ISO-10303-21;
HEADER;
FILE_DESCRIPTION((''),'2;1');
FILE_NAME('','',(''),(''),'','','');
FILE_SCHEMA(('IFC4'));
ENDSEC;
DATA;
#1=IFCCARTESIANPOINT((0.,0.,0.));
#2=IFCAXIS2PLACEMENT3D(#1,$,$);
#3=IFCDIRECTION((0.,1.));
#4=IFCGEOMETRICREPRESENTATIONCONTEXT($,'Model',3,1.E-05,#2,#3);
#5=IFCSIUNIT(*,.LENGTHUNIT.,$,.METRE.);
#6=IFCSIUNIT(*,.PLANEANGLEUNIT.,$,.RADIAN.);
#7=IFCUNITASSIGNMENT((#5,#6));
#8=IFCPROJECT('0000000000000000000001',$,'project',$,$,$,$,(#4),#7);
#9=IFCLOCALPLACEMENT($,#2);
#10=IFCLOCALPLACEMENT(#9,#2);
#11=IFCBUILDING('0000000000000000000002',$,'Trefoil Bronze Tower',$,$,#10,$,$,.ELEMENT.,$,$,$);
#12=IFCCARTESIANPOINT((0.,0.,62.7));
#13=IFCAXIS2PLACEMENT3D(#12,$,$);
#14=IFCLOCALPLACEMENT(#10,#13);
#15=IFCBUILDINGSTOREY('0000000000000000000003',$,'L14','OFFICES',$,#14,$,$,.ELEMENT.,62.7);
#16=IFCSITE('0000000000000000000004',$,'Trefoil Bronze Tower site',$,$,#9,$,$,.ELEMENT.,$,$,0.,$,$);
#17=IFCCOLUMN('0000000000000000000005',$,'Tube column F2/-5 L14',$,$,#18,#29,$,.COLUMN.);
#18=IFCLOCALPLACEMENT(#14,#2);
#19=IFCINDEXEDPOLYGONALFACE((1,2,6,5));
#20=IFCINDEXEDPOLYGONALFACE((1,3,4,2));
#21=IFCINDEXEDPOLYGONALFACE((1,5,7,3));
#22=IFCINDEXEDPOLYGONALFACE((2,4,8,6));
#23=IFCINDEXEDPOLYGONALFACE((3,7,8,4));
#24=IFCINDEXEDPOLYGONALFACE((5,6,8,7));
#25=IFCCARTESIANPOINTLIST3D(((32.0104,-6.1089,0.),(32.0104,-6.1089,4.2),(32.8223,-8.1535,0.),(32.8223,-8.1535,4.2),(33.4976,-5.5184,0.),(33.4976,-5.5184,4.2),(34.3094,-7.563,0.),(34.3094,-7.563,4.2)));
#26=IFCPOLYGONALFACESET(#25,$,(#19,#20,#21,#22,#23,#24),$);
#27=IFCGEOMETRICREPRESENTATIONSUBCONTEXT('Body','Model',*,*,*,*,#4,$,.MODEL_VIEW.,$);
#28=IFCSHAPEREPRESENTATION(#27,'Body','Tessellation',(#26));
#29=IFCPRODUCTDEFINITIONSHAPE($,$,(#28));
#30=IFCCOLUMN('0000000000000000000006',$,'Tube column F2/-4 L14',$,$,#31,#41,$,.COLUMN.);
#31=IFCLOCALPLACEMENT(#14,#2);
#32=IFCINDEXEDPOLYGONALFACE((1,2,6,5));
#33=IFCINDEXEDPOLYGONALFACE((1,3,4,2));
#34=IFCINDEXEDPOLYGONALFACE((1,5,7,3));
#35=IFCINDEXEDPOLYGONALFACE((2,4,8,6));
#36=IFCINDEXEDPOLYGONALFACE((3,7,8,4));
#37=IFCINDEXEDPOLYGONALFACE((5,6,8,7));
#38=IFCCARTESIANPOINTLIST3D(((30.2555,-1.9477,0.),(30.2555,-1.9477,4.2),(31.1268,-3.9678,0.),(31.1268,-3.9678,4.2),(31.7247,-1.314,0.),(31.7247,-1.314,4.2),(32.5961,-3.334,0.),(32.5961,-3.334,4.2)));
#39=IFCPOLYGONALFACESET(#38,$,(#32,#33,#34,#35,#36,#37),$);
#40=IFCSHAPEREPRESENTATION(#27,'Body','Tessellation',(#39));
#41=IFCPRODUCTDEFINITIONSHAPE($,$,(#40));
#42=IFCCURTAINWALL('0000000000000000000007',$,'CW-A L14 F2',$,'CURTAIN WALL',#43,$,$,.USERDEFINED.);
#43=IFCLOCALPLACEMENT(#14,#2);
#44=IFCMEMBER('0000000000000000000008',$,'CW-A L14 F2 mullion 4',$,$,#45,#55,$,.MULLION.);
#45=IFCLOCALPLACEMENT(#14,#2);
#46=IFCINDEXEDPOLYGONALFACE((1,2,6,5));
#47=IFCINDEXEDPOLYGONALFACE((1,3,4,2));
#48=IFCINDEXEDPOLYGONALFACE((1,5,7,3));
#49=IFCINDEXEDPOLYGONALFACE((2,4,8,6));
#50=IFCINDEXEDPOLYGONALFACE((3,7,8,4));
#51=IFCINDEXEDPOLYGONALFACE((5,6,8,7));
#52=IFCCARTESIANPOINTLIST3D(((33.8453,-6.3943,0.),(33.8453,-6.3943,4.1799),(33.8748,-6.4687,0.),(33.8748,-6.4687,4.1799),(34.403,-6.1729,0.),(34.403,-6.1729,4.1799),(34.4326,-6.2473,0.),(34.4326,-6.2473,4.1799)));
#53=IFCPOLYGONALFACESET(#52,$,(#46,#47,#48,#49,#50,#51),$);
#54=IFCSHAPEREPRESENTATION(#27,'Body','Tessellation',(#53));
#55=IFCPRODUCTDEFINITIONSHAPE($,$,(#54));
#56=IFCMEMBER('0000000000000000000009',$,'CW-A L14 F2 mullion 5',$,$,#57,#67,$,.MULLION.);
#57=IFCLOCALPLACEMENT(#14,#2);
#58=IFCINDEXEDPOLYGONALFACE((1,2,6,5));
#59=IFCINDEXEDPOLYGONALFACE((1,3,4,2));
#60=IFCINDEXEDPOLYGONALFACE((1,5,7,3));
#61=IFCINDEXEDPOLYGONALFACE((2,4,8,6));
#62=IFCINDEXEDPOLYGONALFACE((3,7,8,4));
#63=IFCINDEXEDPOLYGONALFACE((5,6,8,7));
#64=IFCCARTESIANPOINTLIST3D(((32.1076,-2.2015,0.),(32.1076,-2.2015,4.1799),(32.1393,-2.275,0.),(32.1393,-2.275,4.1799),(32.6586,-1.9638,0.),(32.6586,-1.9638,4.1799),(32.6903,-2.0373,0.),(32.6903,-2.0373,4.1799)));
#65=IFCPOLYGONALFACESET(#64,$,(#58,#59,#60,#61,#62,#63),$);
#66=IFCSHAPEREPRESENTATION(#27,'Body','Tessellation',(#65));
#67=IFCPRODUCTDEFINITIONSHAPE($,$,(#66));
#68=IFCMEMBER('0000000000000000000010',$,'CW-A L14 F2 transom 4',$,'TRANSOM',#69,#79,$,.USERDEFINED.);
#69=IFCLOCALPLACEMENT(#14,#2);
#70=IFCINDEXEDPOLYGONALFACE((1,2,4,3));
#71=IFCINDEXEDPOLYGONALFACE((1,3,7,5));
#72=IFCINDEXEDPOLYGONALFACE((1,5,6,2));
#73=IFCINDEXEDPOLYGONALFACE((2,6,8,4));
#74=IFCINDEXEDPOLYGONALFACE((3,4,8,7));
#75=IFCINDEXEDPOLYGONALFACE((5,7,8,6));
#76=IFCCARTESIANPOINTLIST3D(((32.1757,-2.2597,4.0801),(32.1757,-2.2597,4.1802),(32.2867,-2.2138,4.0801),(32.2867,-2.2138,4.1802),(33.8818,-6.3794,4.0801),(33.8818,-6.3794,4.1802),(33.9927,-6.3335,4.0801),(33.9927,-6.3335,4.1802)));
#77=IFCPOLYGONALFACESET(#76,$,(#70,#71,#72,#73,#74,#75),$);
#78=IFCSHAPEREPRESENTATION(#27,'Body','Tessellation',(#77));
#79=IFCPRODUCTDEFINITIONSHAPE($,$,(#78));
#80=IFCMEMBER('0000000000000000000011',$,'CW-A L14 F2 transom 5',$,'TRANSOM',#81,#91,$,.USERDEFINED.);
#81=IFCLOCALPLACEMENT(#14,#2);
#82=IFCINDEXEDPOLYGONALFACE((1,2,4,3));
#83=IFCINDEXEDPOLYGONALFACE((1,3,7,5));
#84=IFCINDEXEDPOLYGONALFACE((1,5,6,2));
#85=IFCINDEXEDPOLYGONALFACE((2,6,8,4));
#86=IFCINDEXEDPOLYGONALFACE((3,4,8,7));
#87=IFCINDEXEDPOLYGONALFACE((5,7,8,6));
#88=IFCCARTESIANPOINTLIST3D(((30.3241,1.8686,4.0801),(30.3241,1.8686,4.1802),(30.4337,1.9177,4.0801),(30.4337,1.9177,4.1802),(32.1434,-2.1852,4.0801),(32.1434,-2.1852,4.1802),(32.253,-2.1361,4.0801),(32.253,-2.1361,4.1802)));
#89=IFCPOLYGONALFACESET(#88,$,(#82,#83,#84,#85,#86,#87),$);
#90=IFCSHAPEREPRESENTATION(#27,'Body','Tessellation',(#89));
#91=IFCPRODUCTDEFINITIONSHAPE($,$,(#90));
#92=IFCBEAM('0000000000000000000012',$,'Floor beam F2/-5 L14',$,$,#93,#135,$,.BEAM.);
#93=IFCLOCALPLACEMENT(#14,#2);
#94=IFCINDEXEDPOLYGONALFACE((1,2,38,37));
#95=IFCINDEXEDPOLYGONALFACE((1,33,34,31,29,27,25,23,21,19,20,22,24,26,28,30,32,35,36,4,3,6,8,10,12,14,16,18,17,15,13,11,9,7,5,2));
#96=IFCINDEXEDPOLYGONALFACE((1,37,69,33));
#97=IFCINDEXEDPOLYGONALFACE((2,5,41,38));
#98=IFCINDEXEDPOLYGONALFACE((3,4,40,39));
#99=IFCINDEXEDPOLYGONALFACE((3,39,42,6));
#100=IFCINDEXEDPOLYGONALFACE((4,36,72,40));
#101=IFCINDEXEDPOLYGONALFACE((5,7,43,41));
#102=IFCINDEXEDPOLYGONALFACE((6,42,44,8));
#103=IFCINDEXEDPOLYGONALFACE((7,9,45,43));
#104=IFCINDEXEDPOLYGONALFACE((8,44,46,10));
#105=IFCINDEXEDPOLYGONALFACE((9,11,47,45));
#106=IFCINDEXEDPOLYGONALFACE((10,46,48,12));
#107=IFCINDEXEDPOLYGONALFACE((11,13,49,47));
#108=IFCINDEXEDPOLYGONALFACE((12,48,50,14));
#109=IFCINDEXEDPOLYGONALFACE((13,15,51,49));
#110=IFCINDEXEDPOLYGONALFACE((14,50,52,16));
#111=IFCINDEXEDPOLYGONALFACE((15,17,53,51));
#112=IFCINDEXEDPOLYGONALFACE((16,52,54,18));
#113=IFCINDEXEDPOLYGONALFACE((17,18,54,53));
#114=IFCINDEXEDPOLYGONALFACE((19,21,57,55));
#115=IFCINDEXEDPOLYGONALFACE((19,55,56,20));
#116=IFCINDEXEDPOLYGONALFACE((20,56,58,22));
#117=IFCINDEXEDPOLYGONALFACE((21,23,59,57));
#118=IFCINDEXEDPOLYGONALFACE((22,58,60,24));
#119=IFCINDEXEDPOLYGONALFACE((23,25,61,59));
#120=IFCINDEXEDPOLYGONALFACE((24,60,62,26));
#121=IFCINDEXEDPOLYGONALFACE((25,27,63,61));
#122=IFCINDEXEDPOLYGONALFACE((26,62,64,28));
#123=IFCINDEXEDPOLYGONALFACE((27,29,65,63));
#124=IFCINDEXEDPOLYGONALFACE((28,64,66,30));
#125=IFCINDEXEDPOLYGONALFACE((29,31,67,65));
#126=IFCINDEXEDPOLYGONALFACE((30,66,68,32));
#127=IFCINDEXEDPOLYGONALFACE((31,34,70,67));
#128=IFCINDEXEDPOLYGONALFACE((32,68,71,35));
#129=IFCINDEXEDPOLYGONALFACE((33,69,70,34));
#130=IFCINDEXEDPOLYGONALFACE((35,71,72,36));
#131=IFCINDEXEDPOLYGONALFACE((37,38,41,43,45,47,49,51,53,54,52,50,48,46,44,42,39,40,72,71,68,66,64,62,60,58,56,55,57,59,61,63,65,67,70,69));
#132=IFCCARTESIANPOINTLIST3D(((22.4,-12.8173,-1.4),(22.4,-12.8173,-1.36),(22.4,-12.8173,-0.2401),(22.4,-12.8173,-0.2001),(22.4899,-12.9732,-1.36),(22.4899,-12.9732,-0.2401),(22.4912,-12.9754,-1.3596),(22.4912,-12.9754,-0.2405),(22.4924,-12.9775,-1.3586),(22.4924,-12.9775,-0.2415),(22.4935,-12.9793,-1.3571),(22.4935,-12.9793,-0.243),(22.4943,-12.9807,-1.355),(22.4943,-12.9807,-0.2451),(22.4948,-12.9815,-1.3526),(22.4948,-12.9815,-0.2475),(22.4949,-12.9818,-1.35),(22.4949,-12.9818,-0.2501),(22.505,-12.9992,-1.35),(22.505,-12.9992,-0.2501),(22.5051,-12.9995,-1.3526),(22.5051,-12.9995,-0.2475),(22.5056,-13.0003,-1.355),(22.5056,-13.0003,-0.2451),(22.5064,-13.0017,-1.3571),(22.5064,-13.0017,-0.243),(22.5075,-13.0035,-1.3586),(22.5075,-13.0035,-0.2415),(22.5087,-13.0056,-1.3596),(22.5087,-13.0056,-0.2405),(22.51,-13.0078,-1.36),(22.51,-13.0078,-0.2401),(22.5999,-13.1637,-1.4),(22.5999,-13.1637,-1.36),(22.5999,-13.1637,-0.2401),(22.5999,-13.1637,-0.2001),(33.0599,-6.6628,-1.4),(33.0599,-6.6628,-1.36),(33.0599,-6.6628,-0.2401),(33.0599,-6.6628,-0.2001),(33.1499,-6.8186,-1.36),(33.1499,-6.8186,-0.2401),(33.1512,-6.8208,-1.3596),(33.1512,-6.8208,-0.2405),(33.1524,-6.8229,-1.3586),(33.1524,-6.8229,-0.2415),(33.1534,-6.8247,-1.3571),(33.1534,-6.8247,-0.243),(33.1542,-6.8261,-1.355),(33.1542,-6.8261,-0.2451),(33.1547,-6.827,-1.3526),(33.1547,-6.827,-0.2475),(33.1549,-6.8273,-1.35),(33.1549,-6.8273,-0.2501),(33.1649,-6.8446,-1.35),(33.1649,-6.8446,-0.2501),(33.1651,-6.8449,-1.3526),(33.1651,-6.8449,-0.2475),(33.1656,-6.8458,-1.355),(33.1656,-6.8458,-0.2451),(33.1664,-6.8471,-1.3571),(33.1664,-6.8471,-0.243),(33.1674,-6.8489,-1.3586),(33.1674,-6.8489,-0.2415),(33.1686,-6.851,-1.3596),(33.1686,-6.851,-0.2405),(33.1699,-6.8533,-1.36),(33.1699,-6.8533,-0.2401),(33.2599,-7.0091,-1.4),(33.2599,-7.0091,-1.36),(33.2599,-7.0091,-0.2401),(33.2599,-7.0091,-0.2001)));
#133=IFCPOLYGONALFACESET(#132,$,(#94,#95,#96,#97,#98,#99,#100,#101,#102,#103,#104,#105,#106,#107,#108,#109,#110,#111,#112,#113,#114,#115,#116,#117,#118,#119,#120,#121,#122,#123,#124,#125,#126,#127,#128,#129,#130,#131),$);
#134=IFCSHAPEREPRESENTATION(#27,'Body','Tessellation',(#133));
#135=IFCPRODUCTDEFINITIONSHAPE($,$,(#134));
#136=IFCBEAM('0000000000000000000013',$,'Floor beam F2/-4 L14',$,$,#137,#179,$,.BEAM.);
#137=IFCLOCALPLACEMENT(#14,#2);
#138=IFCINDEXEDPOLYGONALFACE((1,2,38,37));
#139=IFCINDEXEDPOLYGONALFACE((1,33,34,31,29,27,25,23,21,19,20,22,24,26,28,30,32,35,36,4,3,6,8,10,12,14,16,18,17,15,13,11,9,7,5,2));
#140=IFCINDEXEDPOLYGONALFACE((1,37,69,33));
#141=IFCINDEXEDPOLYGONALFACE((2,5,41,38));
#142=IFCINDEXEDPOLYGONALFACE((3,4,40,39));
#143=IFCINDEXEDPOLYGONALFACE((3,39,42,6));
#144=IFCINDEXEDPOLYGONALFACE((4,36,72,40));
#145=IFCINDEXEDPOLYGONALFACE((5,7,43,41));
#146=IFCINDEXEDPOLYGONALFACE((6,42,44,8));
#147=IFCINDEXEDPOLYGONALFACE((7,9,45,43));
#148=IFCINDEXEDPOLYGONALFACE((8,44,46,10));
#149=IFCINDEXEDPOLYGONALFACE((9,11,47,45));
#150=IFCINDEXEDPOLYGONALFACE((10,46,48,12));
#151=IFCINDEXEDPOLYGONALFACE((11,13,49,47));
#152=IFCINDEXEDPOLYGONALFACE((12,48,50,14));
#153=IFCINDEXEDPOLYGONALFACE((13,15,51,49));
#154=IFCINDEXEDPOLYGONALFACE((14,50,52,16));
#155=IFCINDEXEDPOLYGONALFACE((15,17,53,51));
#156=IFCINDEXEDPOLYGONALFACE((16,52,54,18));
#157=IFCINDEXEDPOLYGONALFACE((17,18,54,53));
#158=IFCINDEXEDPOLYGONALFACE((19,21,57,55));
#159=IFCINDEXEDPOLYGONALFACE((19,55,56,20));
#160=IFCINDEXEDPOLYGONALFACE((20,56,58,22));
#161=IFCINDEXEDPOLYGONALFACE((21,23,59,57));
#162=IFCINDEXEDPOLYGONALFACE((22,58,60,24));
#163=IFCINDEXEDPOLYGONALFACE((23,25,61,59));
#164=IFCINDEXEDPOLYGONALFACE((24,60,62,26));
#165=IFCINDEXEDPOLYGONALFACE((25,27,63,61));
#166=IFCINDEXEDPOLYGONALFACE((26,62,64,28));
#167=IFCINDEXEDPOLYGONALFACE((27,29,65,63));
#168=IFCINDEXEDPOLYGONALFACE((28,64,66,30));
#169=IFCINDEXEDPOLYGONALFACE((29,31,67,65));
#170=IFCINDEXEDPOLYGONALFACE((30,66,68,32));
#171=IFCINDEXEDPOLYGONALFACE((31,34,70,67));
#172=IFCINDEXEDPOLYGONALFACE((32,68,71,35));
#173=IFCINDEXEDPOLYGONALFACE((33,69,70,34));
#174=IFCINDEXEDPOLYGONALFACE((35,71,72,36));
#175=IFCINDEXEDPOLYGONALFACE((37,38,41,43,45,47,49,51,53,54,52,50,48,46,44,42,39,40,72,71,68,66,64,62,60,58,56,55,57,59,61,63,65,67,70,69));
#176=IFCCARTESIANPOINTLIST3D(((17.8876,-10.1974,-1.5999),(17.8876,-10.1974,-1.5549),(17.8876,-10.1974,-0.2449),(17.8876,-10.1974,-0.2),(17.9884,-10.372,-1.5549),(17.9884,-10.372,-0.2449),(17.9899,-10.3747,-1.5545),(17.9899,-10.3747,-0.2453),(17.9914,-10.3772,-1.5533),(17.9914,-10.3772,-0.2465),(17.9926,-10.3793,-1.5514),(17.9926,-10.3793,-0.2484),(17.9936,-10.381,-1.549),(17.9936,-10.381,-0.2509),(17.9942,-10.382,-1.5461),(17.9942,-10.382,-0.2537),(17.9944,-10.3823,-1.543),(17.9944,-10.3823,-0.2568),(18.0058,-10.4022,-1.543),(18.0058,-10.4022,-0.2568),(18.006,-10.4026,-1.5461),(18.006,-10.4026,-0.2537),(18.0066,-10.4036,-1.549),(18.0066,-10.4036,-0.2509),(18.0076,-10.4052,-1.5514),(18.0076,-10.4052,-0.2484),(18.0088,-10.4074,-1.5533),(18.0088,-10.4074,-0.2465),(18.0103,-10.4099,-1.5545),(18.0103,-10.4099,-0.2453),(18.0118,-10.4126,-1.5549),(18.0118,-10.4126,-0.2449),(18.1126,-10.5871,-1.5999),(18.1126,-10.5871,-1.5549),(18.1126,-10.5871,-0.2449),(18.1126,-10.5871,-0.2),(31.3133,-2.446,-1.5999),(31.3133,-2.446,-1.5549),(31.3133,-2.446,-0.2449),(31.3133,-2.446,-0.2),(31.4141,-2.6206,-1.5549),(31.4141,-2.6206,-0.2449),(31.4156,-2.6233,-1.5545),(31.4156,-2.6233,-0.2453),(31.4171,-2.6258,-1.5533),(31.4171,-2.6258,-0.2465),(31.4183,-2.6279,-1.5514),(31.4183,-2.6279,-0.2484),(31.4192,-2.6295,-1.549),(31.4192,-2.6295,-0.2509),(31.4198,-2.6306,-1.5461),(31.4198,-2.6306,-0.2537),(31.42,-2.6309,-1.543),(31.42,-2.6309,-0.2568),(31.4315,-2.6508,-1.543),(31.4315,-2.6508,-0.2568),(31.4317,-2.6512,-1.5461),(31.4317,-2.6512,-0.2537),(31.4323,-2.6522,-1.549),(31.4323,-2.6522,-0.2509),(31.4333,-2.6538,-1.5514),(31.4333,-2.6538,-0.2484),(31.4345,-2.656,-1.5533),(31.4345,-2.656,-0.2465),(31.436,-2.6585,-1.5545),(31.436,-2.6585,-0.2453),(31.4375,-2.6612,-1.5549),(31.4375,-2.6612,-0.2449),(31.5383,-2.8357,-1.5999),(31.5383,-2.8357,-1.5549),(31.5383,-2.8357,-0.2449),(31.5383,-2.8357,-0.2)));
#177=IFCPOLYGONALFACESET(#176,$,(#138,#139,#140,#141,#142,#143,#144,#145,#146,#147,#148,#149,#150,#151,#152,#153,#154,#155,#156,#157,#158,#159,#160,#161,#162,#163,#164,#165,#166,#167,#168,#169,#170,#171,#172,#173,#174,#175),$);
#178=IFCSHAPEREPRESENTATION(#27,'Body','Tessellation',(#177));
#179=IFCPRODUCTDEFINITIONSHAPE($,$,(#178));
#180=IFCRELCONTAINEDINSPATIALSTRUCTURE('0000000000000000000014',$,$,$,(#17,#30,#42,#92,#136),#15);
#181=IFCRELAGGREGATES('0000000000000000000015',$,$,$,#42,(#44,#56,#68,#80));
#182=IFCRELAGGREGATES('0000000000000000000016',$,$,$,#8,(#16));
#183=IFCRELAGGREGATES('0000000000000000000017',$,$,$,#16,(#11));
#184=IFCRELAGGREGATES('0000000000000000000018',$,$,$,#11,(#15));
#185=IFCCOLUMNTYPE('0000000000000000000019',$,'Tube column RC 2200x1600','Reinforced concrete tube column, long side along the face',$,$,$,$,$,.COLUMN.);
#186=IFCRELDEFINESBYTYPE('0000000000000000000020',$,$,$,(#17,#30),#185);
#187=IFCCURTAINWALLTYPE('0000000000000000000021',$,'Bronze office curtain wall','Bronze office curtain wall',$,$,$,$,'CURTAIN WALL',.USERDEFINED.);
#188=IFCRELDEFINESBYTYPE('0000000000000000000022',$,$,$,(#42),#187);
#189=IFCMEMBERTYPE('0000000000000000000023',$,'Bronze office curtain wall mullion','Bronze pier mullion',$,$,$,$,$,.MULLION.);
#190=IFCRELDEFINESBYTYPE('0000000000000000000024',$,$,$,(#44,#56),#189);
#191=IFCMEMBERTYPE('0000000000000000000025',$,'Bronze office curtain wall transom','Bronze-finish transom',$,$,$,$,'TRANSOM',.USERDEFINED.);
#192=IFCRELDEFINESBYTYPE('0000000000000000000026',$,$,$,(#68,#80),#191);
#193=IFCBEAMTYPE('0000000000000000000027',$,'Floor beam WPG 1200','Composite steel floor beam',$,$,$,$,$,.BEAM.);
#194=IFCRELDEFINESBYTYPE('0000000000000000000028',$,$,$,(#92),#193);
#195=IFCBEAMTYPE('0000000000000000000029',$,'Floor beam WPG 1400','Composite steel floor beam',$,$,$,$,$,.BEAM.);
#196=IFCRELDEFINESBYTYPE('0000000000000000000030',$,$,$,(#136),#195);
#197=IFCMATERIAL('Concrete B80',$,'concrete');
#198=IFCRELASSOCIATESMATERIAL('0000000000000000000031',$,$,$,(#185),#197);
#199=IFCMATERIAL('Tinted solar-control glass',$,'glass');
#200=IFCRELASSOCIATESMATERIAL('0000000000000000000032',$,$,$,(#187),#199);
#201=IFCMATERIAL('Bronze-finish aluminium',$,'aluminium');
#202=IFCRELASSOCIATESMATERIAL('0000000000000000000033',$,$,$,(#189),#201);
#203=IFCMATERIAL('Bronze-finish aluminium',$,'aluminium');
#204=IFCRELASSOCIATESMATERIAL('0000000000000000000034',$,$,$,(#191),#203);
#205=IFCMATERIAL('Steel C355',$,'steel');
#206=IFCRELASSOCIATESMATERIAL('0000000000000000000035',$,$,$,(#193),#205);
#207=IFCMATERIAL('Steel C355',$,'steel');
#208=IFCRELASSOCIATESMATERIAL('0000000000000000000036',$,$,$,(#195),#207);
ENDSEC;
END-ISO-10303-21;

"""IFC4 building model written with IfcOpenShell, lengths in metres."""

from ifc_helpers import new_model, si_unit, direction, frame, origin, origin_2d, place, context, subcontext, project, spatial, rectangle, i_section, extrude, material, material_profile, profile_set, type_object, element, aggregate, save


model = new_model("IFC4")

# Units and contexts
model_context = context("Model", 3, precision=1e-05, world=origin(), true_north=direction((0.0, 1.0)))
body_context = subcontext(model_context, "Body", "Model", "MODEL_VIEW")
ifc_project = project(units=[si_unit("LENGTHUNIT", "METRE"), si_unit("PLANEANGLEUNIT", "RADIAN")], contexts=[model_context])

# Site, building, storey
site_placement = place(None, origin())
site = spatial("IfcSite", under=ifc_project, at=site_placement, Name="Trefoil Bronze Tower site", CompositionType="ELEMENT", RefElevation=0.0)
building_placement = place(site_placement, origin())
building = spatial("IfcBuilding", under=site, at=building_placement, Name="Trefoil Bronze Tower", CompositionType="ELEMENT")
storey_placement = place(building_placement, frame((0.0, 0.0, 62.7)))
storey = spatial("IfcBuildingStorey", under=building, at=storey_placement, Name="L14", Description="OFFICES", CompositionType="ELEMENT", Elevation=62.7)

# Columns
ifc_material_1 = material(Name="Concrete B80", Category="concrete")
ifc_material_profile_1 = material_profile(ifc_material_1, rectangle(XDim=2.2, YDim=1.6001, at=origin_2d()), Name="RC 2200x1600")
ifc_profile_set_1 = profile_set([ifc_material_profile_1], Name="Concrete B80")
column_type = type_object("IfcColumnType", Name="Tube column RC 2200x1600", Description="Reinforced concrete tube column, long side along the face", PredefinedType="COLUMN", material=ifc_profile_set_1)
for number, where, z_axis, x_axis, name in (
    (1, (33.1599, -6.8359, 0.0), (0.0, 0.0, 1.0), (-0.36904, 0.929414, 0.0), "Tube column F2/-5 L14"),
    (2, (31.4258, -2.6409, 0.0), (0.0, 0.0, 1.0), (-0.396085, 0.918214, 0.0), "Tube column F2/-4 L14"),
):
    element("IfcColumn", number, at=place(storey_placement, frame(where, z_axis=z_axis, x_axis=x_axis)), inside=storey, type_object=column_type, Name=name, PredefinedType="COLUMN", context=body_context, shape_type="SweptSolid", body=[
        extrude(rectangle(XDim=2.2, YDim=1.6001, at=origin_2d()), origin(), (0.0, 0.0, 1.0), 4.2),
    ])

# Curtain wall, members
ifc_material_2 = material(Name="Tinted solar-control glass", Category="glass")
curtain_wall_type = type_object("IfcCurtainWallType", Name="Bronze office curtain wall", Description="Bronze office curtain wall", ElementType="CURTAIN WALL", PredefinedType="USERDEFINED", material=ifc_material_2)
curtain_wall_placement = place(storey_placement, origin())
curtain_wall = element("IfcCurtainWall", 3, at=curtain_wall_placement, inside=storey, type_object=curtain_wall_type, Name="CW-A L14 F2", ObjectType="CURTAIN WALL", PredefinedType="USERDEFINED")
ifc_material_3 = material(Name="Bronze-finish aluminium", Category="aluminium")
ifc_material_profile_2 = material_profile(ifc_material_3, rectangle(XDim=0.6001, YDim=0.0801, at=origin_2d()), Name="CW-A mullion")
ifc_profile_set_2 = profile_set([ifc_material_profile_2], Name="Bronze-finish aluminium")
member_type_1 = type_object("IfcMemberType", Name="Bronze office curtain wall mullion", Description="Bronze pier mullion", PredefinedType="MULLION", material=ifc_profile_set_2)
member_1_placement = place(storey_placement, frame((34.1389, -6.3208, 0.0), z_axis=(0.0, 0.0, 1.0), x_axis=(-0.929414, -0.36904, 0.0)))
member_1 = element("IfcMember", 4, at=member_1_placement, type_object=member_type_1, Name="CW-A L14 F2 mullion 4", PredefinedType="MULLION", context=body_context, shape_type="SweptSolid", body=[
    extrude(rectangle(XDim=0.6001, YDim=0.0801, at=origin_2d()), origin(), (0.0, 0.0, 1.0), 4.1799),
])
member_2_placement = place(storey_placement, frame((32.3989, -2.1194, 0.0), z_axis=(0.0, 0.0, 1.0), x_axis=(-0.918214, -0.396085, 0.0)))
member_2 = element("IfcMember", 5, at=member_2_placement, type_object=member_type_1, Name="CW-A L14 F2 mullion 5", PredefinedType="MULLION", context=body_context, shape_type="SweptSolid", body=[
    extrude(rectangle(XDim=0.6001, YDim=0.0801, at=origin_2d()), origin(), (0.0, 0.0, 1.0), 4.1799),
])
ifc_material_4 = material(Name="Bronze-finish aluminium", Category="aluminium")
ifc_material_profile_3 = material_profile(ifc_material_4, rectangle(XDim=0.1201, YDim=0.1001, at=origin_2d()), Name="CW-A transom")
ifc_profile_set_3 = profile_set([ifc_material_profile_3], Name="Bronze-finish aluminium")
member_type_2 = type_object("IfcMemberType", Name="Bronze office curtain wall transom", Description="Bronze-finish transom", ElementType="TRANSOM", PredefinedType="USERDEFINED", material=ifc_profile_set_3)
member_3_placement = place(storey_placement, frame((33.9373, -6.3564, 4.1301), z_axis=(-0.382616, 0.923907, 0.0), x_axis=(-0.923907, -0.382616, 0.0)))
member_3 = element("IfcMember", 6, at=member_3_placement, type_object=member_type_2, Name="CW-A L14 F2 transom 4", ObjectType="TRANSOM", PredefinedType="USERDEFINED", context=body_context, shape_type="SweptSolid", body=[
    extrude(rectangle(XDim=0.1201, YDim=0.1001, at=origin_2d()), origin(), (0.0, 0.0, 1.0), 4.459),
])
member_4_placement = place(storey_placement, frame((32.1982, -2.1606, 4.1301), z_axis=(-0.40946, 0.912328, 0.0), x_axis=(-0.912328, -0.40946, 0.0)))
member_4 = element("IfcMember", 7, at=member_4_placement, type_object=member_type_2, Name="CW-A L14 F2 transom 5", ObjectType="TRANSOM", PredefinedType="USERDEFINED", context=body_context, shape_type="SweptSolid", body=[
    extrude(rectangle(XDim=0.1201, YDim=0.1001, at=origin_2d()), origin(), (0.0, 0.0, 1.0), 4.4434),
])

# Beams
ifc_material_5 = material(Name="Steel C355", Category="steel")
ifc_material_profile_4 = material_profile(ifc_material_5, i_section(OverallWidth=0.3999, OverallDepth=1.2, WebThickness=0.02, FlangeThickness=0.04, FilletRadius=0.01, at=origin_2d()), Name="WPG 1200")
ifc_profile_set_4 = profile_set([ifc_material_profile_4], Name="Steel C355")
beam_type_1 = type_object("IfcBeamType", Name="Floor beam WPG 1200", Description="Composite steel floor beam", PredefinedType="BEAM", material=ifc_profile_set_4)
beam_1_placement = place(storey_placement, frame((33.1599, -6.8359, -0.8), z_axis=(-0.866024, -0.500002, 0.0), x_axis=(0.500002, -0.866024, 0.0)))
element("IfcBeam", 8, at=beam_1_placement, inside=storey, type_object=beam_type_1, Name="Floor beam F2/-5 L14", PredefinedType="BEAM", context=body_context, shape_type="SweptSolid", body=[
    extrude(i_section(OverallWidth=0.3999, OverallDepth=1.2, WebThickness=0.02, FlangeThickness=0.04, FilletRadius=0.01, at=origin_2d()), origin(), (0.0, 0.0, 1.0), 12.3091),
])
ifc_material_6 = material(Name="Steel C355", Category="steel")
ifc_material_profile_5 = material_profile(ifc_material_6, i_section(OverallWidth=0.45, OverallDepth=1.3999, WebThickness=0.0229, FlangeThickness=0.0449, FilletRadius=0.012, at=origin_2d()), Name="WPG 1400")
ifc_profile_set_5 = profile_set([ifc_material_profile_5], Name="Steel C355")
beam_type_2 = type_object("IfcBeamType", Name="Floor beam WPG 1400", Description="Composite steel floor beam", PredefinedType="BEAM", material=ifc_profile_set_5)
beam_2_placement = place(storey_placement, frame((31.4258, -2.6409, -0.8999), z_axis=(-0.866023, -0.500004, 0.0), x_axis=(0.500004, -0.866023, 0.0)))
element("IfcBeam", 9, at=beam_2_placement, inside=storey, type_object=beam_type_2, Name="Floor beam F2/-4 L14", PredefinedType="BEAM", context=body_context, shape_type="SweptSolid", body=[
    extrude(i_section(OverallWidth=0.45, OverallDepth=1.3999, WebThickness=0.0229, FlangeThickness=0.0449, FilletRadius=0.012, at=origin_2d()), origin(), (0.0, 0.0, 1.0), 15.5027),
])

aggregate(curtain_wall, [member_1, member_2, member_3, member_4])

save(model, "model.ifc")
